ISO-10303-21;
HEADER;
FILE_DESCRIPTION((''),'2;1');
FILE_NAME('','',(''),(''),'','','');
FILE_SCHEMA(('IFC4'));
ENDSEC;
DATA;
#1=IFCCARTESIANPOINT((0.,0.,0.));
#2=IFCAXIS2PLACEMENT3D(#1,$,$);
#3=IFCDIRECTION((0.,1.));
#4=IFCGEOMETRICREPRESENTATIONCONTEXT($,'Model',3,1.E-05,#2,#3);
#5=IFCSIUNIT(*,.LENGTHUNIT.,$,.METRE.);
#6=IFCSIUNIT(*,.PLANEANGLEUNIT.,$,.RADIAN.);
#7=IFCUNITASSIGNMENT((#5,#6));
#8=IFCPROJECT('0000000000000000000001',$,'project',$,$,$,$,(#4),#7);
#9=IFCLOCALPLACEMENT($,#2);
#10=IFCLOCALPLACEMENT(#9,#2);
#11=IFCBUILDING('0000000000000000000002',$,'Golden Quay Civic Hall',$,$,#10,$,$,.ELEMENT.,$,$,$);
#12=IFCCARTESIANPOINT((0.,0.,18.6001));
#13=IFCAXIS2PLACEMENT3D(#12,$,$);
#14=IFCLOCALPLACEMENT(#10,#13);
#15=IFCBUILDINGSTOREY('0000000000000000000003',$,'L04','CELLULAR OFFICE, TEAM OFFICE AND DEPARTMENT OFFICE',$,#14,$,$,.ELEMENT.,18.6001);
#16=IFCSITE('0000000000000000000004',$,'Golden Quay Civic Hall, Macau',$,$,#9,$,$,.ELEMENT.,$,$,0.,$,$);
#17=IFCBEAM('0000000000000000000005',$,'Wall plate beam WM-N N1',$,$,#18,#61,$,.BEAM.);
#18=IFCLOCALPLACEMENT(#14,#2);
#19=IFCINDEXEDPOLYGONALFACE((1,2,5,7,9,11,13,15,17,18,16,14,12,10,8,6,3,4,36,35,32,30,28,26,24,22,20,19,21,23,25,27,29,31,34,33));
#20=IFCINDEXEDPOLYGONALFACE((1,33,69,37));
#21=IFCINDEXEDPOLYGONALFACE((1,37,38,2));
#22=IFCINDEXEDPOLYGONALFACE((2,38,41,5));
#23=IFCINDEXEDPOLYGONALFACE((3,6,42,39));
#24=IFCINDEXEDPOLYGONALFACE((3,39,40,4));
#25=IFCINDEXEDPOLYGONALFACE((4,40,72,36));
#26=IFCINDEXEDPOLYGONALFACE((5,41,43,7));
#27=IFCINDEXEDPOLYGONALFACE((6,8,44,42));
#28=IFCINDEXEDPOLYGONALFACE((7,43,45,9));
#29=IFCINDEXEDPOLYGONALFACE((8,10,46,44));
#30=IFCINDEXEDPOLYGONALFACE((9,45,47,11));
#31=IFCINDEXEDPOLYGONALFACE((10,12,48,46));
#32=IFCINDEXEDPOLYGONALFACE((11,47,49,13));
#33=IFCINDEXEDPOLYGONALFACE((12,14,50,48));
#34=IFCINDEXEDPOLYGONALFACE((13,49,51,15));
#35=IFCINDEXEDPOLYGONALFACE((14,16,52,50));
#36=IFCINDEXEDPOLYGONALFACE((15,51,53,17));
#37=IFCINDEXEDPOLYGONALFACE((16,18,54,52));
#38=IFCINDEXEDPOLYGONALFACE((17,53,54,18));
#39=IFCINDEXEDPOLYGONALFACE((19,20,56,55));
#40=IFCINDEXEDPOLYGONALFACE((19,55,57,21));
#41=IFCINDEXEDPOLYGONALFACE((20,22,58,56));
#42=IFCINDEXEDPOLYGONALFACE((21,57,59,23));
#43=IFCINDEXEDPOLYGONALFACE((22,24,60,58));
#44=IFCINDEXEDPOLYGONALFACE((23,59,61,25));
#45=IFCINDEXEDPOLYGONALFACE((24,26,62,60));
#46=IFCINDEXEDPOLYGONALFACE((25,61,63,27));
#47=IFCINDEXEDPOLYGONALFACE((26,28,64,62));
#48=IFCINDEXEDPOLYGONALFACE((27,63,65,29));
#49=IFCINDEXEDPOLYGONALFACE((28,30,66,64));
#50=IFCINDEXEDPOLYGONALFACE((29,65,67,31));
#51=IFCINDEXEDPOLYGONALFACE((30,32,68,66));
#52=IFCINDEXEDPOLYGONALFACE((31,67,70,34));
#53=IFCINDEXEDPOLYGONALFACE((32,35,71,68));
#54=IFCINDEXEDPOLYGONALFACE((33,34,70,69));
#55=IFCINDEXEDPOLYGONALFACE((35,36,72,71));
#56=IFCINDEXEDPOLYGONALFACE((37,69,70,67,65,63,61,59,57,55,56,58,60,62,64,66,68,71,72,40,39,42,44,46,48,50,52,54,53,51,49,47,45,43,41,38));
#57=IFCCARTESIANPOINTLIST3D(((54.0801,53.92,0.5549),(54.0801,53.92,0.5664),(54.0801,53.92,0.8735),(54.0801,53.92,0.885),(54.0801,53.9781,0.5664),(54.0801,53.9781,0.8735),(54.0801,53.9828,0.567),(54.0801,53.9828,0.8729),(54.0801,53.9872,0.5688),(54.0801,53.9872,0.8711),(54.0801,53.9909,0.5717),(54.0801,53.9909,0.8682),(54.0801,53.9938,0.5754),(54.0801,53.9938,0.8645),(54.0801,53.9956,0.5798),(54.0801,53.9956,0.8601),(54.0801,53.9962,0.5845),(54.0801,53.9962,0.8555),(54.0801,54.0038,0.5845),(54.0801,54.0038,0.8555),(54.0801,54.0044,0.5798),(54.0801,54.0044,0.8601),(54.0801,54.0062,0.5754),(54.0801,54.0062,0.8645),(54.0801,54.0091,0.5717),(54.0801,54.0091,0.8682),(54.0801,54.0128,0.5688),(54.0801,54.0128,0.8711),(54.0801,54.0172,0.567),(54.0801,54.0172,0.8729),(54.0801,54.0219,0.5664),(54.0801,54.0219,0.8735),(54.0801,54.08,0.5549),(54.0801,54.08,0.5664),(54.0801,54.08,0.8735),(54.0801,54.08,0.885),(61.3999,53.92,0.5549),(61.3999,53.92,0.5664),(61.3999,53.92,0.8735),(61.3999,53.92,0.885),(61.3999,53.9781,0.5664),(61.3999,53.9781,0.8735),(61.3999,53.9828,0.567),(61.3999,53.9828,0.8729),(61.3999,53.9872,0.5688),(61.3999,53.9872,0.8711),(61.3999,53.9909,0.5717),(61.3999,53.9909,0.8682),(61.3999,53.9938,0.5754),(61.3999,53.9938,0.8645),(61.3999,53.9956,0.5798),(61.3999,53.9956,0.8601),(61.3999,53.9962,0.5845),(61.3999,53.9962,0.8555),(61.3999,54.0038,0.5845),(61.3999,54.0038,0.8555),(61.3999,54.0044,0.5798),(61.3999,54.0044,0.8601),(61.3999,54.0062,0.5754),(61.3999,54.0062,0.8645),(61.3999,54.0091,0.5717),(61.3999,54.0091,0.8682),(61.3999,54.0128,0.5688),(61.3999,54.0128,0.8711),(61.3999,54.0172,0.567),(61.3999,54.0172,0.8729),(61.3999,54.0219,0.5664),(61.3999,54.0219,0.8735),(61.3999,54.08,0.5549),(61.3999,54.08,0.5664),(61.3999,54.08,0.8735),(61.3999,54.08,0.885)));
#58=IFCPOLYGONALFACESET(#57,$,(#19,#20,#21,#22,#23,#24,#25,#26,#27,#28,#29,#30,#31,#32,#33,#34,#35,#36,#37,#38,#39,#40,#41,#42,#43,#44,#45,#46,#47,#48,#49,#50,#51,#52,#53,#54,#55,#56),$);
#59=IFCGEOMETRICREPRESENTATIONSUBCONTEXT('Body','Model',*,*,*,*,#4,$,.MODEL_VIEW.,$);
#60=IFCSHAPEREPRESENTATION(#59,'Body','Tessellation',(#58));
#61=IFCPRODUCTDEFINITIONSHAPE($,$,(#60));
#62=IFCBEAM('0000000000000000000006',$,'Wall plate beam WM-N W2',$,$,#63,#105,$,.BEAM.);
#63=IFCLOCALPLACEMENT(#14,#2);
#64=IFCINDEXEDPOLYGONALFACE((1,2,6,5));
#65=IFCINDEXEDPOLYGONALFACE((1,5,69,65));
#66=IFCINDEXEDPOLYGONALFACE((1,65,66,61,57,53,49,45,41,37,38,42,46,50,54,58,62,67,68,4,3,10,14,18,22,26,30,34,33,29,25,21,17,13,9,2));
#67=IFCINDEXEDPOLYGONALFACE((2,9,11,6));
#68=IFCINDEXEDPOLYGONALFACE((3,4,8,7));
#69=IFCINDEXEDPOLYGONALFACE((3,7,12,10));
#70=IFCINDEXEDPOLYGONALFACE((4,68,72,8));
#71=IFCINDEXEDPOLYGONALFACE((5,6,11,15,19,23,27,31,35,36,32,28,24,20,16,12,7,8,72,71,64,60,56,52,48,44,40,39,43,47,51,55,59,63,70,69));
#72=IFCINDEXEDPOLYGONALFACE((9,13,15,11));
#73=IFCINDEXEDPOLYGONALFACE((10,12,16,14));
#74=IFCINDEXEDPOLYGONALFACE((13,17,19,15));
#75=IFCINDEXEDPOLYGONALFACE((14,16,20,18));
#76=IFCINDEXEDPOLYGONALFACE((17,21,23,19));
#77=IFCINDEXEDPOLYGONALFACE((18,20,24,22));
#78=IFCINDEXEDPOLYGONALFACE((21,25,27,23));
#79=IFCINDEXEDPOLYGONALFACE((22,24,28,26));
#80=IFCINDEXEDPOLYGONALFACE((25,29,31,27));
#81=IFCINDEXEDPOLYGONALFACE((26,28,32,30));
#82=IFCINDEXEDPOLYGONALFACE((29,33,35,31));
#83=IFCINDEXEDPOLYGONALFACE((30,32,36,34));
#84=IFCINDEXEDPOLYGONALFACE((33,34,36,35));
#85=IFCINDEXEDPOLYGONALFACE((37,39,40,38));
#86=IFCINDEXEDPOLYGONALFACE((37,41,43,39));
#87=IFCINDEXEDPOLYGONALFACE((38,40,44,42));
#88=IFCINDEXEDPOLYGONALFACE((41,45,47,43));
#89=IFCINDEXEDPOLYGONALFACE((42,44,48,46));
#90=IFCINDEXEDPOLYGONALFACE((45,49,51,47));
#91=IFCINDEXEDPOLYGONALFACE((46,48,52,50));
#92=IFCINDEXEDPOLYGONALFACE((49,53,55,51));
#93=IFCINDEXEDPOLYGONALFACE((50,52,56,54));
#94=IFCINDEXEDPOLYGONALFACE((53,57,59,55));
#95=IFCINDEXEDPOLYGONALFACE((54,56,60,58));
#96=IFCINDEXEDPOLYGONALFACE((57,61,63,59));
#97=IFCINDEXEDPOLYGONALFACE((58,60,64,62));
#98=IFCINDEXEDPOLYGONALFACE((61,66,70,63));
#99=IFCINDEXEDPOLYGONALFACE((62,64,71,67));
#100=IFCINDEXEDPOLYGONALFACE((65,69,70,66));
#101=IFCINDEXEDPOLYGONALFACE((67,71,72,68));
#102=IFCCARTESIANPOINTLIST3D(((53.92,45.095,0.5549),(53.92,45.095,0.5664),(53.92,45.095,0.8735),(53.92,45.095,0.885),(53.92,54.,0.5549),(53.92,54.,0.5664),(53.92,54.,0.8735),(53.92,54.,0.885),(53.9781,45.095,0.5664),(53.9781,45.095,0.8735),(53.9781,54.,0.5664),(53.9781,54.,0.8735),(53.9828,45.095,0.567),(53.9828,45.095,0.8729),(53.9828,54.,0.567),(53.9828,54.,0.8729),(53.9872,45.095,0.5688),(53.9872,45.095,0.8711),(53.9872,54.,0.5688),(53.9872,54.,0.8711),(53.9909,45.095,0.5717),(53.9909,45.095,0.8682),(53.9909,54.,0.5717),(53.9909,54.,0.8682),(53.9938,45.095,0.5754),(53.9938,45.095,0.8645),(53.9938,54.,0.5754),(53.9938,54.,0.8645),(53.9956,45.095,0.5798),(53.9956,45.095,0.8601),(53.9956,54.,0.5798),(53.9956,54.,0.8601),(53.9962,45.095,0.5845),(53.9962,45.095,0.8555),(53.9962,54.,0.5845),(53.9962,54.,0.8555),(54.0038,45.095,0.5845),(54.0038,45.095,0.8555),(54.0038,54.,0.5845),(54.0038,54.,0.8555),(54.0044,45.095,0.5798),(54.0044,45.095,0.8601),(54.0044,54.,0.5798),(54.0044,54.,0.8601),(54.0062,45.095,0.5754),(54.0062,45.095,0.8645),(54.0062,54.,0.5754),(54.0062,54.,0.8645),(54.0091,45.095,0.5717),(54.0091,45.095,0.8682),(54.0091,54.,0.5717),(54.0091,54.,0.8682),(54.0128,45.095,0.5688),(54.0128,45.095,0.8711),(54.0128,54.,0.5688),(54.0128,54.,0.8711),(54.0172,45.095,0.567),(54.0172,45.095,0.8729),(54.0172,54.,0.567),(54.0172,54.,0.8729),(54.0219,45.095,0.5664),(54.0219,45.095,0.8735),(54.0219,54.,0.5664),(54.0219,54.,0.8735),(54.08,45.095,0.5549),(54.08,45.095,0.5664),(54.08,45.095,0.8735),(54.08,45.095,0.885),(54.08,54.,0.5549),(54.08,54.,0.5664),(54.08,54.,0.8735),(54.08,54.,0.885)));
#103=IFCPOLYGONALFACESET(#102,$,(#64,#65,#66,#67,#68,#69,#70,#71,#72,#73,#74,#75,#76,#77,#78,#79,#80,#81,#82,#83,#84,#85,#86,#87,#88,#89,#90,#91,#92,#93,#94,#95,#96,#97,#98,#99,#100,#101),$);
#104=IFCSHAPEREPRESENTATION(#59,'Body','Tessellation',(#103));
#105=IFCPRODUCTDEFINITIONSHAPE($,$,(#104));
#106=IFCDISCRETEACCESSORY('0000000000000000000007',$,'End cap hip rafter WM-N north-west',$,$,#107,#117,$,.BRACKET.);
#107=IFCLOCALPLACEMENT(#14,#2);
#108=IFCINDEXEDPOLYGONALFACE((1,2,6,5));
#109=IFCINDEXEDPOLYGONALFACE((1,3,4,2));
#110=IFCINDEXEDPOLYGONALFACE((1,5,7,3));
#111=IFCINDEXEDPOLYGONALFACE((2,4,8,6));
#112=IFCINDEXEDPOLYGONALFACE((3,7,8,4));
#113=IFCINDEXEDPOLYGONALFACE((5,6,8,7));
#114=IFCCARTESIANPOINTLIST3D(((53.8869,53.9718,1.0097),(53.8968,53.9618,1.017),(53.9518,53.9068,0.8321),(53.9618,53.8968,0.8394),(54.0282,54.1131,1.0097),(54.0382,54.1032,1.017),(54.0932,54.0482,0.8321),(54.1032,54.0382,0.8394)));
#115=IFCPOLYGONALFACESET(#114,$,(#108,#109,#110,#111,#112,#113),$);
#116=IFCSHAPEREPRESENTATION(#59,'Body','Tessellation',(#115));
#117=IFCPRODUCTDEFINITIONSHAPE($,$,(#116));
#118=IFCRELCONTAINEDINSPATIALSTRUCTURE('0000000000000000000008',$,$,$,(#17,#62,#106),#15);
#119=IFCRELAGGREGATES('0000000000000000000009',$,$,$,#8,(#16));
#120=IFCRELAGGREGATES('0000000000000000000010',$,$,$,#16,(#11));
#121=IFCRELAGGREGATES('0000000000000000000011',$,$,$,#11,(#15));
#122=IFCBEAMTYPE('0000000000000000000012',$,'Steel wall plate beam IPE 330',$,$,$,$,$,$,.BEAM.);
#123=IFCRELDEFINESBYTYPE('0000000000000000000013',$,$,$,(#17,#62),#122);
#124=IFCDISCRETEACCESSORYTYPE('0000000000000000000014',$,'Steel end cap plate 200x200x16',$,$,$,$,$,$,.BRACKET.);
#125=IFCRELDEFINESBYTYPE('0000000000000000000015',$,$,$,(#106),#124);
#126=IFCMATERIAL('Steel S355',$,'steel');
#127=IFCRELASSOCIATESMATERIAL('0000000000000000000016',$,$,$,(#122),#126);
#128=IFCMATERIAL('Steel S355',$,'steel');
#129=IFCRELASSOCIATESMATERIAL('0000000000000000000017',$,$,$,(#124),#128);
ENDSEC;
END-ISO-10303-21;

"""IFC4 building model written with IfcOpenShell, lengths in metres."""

from ifc_helpers import new_model, si_unit, direction, frame, origin, origin_2d, place, context, subcontext, project, spatial, rectangle, i_section, extrude, material, material_profile, profile_set, type_object, element, save


model = new_model("IFC4")

# Units and contexts
model_context = context("Model", 3, precision=1e-05, world=origin(), true_north=direction((0.0, 1.0)))
body_context = subcontext(model_context, "Body", "Model", "MODEL_VIEW")
ifc_project = project(units=[si_unit("LENGTHUNIT", "METRE"), si_unit("PLANEANGLEUNIT", "RADIAN")], contexts=[model_context])

# Site, building, storey
site_placement = place(None, origin())
site = spatial("IfcSite", under=ifc_project, at=site_placement, Name="Golden Quay Civic Hall, Macau", CompositionType="ELEMENT", RefElevation=0.0)
building_placement = place(site_placement, origin())
building = spatial("IfcBuilding", under=site, at=building_placement, Name="Golden Quay Civic Hall", CompositionType="ELEMENT")
storey_placement = place(building_placement, frame((0.0, 0.0, 18.6001)))
storey = spatial("IfcBuildingStorey", under=building, at=storey_placement, Name="L04", Description="CELLULAR OFFICE, TEAM OFFICE AND DEPARTMENT OFFICE", CompositionType="ELEMENT", Elevation=18.6001)

# Beams
ifc_material_1 = material(Name="Steel S355", Category="steel")
ifc_material_profile_1 = material_profile(ifc_material_1, i_section(OverallWidth=0.1599, OverallDepth=0.3301, WebThickness=0.0076, FlangeThickness=0.0115, FilletRadius=0.0181, at=origin_2d()), Name="IPE 330")
ifc_profile_set_1 = profile_set([ifc_material_profile_1], Name="Steel S355")
beam_type_1 = type_object("IfcBeamType", Name="Steel wall plate beam IPE 330", PredefinedType="BEAM", material=ifc_profile_set_1)
beam_1_placement = place(storey_placement, frame((54.0801, 54.0, 0.72), z_axis=(1.0, 0.0, 0.0), x_axis=(0.0, 1.0, 0.0)))
element("IfcBeam", 1, at=beam_1_placement, inside=storey, type_object=beam_type_1, Name="Wall plate beam WM-N N1", PredefinedType="BEAM", context=body_context, shape_type="SweptSolid", body=[
    extrude(i_section(OverallWidth=0.1599, OverallDepth=0.3301, WebThickness=0.0076, FlangeThickness=0.0115, FilletRadius=0.0181, at=origin_2d()), origin(), (0.0, 0.0, 1.0), 7.3198),
])
beam_2_placement = place(storey_placement, frame((54.0, 45.095, 0.72), z_axis=(0.0, 1.0, 0.0), x_axis=(-1.0, 0.0, 0.0)))
element("IfcBeam", 2, at=beam_2_placement, inside=storey, type_object=beam_type_1, Name="Wall plate beam WM-N W2", PredefinedType="BEAM", context=body_context, shape_type="SweptSolid", body=[
    extrude(i_section(OverallWidth=0.1599, OverallDepth=0.3301, WebThickness=0.0076, FlangeThickness=0.0115, FilletRadius=0.0181, at=origin_2d()), origin(), (0.0, 0.0, 1.0), 8.905),
])

# Discrete accessory
ifc_material_2 = material(Name="Steel S355", Category="steel")
ifc_material_profile_2 = material_profile(ifc_material_2, rectangle(XDim=0.2, YDim=0.2, at=origin_2d()), Name="Steel end cap plate 200x200x16")
ifc_profile_set_2 = profile_set([ifc_material_profile_2], Name="Steel S355")
discrete_accessory_type = type_object("IfcDiscreteAccessoryType", Name="Steel end cap plate 200x200x16", PredefinedType="BRACKET", material=ifc_profile_set_2)
discrete_accessory_placement = place(storey_placement, frame((54.0, 54.0, 0.9282), z_axis=(-0.628025, 0.628025, -0.459531), x_axis=(-0.707107, -0.707107, 0.0)))
element("IfcDiscreteAccessory", 3, at=discrete_accessory_placement, inside=storey, type_object=discrete_accessory_type, Name="End cap hip rafter WM-N north-west", PredefinedType="BRACKET", context=body_context, shape_type="SweptSolid", body=[
    extrude(rectangle(XDim=0.2, YDim=0.2, at=origin_2d()), origin(), (0.0, 0.0, 1.0), 0.0159),
])

save(model, "model.ifc")
